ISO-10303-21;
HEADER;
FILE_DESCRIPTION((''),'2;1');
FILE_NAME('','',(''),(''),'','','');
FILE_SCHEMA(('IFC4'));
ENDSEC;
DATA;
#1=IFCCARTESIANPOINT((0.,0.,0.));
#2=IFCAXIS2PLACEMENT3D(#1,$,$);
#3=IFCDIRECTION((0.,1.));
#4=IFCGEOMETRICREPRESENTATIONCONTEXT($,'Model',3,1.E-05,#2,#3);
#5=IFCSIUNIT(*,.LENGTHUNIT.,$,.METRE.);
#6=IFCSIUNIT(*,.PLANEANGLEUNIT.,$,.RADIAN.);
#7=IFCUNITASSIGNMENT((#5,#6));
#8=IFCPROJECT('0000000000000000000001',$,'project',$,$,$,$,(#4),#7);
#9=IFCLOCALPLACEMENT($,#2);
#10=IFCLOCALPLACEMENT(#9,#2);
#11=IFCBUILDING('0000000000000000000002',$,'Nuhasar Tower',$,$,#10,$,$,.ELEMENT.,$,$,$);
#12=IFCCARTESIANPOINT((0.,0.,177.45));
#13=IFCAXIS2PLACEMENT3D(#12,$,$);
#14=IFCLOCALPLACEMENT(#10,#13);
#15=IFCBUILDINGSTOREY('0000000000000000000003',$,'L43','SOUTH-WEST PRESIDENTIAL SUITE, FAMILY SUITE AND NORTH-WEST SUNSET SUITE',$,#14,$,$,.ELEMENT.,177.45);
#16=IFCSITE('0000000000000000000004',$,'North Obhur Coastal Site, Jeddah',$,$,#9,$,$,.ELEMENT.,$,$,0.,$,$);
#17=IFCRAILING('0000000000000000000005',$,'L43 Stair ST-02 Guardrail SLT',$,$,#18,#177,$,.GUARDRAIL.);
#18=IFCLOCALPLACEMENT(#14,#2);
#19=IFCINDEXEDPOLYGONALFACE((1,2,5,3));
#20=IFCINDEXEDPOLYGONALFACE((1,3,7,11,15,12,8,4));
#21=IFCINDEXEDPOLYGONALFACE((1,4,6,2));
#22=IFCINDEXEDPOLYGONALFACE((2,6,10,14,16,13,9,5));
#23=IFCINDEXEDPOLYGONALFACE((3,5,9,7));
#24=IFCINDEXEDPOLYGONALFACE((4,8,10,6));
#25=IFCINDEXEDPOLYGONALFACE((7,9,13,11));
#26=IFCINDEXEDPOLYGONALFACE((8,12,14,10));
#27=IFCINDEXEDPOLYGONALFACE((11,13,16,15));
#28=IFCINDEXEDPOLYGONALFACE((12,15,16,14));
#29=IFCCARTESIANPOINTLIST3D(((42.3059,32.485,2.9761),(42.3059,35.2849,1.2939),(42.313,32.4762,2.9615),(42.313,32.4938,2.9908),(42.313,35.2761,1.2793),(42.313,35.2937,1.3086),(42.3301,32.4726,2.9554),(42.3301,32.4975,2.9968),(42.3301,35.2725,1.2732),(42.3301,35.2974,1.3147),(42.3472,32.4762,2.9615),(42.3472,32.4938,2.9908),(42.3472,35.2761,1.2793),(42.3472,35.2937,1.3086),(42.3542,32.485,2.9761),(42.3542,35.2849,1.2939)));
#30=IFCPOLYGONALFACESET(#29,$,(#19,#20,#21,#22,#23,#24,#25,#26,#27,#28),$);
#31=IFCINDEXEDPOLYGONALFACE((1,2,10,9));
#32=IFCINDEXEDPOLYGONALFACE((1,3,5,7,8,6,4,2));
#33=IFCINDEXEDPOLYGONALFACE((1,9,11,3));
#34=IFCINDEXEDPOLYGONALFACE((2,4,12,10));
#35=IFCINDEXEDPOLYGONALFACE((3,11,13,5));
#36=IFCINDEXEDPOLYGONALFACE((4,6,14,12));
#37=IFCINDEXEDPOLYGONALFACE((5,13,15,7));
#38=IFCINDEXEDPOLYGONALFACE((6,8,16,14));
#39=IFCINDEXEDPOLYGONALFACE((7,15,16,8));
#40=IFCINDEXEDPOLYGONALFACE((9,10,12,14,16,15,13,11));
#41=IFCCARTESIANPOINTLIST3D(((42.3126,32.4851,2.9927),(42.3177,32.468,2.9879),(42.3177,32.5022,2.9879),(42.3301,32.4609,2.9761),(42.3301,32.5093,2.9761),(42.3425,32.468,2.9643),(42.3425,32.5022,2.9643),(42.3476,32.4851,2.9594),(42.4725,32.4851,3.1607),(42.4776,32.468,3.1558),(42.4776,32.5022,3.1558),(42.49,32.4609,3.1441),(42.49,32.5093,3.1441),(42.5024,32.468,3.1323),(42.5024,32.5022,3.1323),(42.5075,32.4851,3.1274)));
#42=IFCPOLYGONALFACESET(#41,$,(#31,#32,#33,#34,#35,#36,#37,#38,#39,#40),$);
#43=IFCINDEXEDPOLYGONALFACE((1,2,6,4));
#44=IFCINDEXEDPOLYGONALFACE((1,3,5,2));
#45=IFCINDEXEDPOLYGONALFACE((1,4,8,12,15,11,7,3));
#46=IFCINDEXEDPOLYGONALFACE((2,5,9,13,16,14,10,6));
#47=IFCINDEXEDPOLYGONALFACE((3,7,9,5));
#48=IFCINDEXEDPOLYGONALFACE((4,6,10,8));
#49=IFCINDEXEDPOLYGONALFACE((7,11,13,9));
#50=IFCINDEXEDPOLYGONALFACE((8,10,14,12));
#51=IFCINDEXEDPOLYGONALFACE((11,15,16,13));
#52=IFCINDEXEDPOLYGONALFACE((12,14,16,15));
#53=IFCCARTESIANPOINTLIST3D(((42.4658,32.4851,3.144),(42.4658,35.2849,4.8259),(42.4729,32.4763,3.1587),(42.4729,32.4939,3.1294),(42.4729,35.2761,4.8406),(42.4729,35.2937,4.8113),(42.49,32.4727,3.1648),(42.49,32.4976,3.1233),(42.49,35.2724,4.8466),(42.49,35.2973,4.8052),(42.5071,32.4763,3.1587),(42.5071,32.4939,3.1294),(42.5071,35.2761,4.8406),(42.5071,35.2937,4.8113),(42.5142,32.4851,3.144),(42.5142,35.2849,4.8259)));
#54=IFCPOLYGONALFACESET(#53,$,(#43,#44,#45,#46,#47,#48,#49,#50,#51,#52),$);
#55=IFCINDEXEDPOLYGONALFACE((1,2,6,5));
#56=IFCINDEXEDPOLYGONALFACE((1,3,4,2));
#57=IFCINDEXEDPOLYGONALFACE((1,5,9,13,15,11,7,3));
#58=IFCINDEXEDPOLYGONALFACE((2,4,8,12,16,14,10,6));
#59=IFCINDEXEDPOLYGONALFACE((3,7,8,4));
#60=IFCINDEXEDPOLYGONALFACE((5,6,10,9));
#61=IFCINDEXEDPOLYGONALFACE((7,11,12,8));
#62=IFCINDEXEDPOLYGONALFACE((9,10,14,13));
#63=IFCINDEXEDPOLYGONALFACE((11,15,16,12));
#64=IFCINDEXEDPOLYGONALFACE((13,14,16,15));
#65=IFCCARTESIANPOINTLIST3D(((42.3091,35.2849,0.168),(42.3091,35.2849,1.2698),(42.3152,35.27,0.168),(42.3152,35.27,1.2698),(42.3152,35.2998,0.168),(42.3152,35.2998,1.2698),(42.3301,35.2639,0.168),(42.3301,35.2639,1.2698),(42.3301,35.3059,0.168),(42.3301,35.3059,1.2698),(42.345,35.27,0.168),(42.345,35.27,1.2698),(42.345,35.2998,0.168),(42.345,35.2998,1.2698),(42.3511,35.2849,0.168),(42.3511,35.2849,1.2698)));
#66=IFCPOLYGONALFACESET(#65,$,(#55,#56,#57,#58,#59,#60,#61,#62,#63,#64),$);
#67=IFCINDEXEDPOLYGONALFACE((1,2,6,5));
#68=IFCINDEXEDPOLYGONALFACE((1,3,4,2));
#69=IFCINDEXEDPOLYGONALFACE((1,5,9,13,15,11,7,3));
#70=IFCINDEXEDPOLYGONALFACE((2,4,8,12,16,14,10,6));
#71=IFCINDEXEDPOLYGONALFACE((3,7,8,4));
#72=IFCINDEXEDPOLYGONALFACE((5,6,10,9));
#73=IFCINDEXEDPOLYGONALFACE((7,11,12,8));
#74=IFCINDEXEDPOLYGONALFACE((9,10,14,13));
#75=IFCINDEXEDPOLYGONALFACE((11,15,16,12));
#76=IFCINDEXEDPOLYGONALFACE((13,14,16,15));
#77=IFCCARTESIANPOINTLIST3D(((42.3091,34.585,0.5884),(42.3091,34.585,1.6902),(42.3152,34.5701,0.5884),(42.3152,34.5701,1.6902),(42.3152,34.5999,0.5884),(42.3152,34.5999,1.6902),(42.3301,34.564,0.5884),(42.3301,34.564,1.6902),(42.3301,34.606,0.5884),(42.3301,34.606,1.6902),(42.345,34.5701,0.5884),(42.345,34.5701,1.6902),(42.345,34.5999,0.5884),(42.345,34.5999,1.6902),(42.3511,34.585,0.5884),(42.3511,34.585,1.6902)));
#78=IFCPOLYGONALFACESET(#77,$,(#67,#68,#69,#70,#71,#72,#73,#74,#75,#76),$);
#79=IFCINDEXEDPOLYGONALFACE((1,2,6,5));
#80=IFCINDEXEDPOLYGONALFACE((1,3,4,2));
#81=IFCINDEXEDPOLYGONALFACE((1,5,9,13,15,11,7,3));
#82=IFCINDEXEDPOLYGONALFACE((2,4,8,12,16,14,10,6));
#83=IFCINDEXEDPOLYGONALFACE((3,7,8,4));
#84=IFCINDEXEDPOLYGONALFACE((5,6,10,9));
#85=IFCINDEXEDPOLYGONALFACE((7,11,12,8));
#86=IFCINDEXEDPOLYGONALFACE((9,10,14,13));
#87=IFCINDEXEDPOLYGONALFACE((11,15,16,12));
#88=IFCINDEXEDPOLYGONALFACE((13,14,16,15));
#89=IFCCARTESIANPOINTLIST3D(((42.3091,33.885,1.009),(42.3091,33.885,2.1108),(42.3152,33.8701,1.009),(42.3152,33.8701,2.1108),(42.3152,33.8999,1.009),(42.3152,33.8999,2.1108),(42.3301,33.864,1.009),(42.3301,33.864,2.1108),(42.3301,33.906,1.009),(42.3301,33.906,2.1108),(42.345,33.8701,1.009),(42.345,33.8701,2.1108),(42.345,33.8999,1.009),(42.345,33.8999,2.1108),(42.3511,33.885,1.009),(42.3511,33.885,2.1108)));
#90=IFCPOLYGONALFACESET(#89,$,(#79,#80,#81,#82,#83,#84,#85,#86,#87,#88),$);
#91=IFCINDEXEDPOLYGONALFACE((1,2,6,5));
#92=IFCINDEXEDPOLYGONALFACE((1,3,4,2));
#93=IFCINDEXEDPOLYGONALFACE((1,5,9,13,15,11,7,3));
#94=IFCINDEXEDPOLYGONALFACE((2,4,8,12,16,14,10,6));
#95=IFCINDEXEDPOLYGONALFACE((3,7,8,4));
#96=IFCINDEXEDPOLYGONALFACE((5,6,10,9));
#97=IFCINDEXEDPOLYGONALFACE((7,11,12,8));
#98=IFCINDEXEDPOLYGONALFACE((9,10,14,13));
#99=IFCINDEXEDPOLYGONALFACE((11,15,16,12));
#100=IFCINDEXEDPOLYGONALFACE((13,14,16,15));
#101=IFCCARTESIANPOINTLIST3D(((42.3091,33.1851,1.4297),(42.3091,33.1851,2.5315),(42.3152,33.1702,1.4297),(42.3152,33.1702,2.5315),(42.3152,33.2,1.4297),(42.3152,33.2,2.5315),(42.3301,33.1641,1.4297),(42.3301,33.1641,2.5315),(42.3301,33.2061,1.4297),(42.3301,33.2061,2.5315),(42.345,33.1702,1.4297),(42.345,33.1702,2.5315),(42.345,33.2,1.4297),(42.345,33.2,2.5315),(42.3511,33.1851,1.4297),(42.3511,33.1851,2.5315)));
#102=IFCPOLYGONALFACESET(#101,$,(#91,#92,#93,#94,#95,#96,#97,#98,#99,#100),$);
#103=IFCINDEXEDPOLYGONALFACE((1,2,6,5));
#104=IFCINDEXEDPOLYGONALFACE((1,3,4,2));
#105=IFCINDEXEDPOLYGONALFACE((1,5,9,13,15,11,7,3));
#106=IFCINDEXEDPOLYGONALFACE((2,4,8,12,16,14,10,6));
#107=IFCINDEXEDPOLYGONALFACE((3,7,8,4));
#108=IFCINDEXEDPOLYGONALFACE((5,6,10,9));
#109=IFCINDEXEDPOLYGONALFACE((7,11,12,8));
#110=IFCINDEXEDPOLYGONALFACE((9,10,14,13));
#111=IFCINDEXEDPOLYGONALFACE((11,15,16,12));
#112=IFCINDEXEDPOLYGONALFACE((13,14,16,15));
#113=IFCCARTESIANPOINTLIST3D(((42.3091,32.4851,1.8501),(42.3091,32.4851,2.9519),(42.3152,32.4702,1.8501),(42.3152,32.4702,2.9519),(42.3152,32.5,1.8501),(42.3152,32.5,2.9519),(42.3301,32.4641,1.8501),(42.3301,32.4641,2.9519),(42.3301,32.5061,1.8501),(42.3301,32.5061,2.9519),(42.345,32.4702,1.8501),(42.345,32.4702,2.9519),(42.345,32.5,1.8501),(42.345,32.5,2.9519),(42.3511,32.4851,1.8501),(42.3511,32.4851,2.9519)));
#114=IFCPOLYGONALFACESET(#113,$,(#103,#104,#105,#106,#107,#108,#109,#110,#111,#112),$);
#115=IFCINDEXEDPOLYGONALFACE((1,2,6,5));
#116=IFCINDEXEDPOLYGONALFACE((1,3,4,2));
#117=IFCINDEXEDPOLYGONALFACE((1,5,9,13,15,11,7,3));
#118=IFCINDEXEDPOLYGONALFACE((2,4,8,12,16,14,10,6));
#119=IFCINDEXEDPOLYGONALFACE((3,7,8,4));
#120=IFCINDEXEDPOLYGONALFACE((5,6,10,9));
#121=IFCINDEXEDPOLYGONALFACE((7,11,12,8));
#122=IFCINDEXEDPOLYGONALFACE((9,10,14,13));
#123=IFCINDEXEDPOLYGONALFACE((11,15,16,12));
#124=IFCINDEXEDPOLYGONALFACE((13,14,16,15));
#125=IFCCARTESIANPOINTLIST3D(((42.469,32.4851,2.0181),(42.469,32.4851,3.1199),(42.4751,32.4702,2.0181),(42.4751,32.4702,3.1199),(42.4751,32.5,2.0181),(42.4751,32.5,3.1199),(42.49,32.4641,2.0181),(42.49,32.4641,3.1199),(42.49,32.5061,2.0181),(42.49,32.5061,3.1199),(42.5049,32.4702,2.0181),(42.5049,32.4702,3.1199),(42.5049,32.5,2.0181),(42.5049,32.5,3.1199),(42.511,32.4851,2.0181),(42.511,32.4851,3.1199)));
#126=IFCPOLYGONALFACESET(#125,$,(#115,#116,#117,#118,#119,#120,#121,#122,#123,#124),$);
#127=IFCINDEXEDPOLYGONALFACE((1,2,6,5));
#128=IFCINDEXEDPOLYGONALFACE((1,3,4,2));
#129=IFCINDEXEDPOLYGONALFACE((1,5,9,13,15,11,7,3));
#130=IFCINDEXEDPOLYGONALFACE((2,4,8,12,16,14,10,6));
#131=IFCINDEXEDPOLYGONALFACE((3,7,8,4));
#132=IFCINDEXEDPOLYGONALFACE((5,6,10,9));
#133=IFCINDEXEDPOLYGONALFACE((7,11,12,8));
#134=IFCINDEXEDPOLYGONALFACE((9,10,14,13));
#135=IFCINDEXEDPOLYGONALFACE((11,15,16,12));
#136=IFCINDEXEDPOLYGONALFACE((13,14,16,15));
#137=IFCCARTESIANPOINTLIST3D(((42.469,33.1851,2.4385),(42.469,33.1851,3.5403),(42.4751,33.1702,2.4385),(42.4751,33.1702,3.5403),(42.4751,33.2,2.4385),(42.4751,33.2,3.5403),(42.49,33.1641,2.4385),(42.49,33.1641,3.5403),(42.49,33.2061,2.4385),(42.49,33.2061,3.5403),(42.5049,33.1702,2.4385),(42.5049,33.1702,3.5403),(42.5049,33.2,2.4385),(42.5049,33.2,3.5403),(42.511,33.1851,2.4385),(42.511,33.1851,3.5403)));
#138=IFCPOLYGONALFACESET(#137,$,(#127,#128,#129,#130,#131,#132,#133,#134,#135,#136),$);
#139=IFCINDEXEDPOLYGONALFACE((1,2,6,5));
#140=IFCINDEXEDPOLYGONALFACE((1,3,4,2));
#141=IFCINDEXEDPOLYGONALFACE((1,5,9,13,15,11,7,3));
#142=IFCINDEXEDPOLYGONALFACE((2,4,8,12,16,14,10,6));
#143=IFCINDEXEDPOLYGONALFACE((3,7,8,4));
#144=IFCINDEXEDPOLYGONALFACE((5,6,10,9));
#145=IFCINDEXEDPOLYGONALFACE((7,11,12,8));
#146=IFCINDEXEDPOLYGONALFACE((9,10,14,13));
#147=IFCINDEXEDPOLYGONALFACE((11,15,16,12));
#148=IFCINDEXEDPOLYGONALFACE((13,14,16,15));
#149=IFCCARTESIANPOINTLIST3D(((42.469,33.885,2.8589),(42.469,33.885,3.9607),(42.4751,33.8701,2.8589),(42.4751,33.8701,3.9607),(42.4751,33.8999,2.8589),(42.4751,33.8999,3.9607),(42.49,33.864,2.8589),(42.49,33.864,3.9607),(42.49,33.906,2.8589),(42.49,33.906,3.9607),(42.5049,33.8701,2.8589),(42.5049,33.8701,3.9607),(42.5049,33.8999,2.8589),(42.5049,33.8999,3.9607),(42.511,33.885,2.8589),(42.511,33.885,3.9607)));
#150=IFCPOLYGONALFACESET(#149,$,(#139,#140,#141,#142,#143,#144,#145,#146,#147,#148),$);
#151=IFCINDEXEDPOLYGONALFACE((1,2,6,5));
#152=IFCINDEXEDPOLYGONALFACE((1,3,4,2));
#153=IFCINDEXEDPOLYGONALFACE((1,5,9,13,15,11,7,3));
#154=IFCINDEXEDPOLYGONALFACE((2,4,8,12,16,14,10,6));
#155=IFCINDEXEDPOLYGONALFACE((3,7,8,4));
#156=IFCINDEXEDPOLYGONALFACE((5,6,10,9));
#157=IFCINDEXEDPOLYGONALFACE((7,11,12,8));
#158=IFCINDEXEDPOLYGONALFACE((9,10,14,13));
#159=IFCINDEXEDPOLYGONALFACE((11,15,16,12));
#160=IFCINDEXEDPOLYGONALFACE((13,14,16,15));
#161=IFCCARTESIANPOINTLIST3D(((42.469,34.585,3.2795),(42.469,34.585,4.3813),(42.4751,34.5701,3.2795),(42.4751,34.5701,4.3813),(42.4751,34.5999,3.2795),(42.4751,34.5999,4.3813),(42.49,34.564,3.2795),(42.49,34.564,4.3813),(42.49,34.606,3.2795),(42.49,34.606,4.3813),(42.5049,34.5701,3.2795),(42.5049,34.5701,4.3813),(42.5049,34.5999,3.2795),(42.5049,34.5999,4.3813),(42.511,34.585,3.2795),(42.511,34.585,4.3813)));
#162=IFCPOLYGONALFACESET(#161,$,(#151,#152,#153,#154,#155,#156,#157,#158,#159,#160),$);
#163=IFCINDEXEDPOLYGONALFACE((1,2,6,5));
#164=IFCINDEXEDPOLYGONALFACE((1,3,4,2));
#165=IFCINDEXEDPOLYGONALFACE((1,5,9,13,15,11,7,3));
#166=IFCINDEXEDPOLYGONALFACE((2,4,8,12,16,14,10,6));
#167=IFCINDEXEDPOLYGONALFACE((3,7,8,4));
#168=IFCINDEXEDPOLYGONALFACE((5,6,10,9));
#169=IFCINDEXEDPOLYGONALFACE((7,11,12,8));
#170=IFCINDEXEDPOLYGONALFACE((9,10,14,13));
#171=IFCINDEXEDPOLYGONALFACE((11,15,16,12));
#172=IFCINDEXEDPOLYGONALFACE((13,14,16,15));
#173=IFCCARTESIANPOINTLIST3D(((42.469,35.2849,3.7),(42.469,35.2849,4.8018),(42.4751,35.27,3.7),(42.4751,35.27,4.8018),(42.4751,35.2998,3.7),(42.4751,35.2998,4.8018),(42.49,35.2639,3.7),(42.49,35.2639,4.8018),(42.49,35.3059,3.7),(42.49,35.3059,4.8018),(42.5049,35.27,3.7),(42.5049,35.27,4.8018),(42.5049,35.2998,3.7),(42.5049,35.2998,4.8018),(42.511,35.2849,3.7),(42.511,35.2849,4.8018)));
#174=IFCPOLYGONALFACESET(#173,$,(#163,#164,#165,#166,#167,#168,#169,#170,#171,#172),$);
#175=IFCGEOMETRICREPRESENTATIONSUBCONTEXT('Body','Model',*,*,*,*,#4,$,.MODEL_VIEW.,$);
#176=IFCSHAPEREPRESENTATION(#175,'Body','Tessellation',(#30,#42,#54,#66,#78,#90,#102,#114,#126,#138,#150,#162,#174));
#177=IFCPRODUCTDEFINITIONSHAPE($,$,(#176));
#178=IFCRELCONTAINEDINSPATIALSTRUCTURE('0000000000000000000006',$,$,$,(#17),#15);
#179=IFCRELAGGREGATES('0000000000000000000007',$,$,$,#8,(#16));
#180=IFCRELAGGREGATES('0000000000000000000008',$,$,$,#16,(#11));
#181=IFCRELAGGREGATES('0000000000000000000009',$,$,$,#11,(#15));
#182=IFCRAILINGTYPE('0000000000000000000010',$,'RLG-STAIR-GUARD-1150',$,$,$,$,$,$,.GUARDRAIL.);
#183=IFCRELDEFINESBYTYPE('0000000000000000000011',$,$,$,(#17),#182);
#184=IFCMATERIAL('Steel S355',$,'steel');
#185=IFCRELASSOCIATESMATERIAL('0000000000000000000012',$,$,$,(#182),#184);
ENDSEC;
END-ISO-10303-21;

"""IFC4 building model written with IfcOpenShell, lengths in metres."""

from ifc_helpers import new_model, si_unit, direction, frame, origin, place, context, subcontext, project, spatial, polyline, outline, extrude, material, type_object, element, save


model = new_model("IFC4")

# Units and contexts
model_context = context("Model", 3, precision=1e-05, world=origin(), true_north=direction((0.0, 1.0)))
body_context = subcontext(model_context, "Body", "Model", "MODEL_VIEW")
ifc_project = project(units=[si_unit("LENGTHUNIT", "METRE"), si_unit("PLANEANGLEUNIT", "RADIAN")], contexts=[model_context])

# Site, building, storey
site_placement = place(None, origin())
site = spatial("IfcSite", under=ifc_project, at=site_placement, Name="North Obhur Coastal Site, Jeddah", CompositionType="ELEMENT", RefElevation=0.0)
building_placement = place(site_placement, origin())
building = spatial("IfcBuilding", under=site, at=building_placement, Name="Nuhasar Tower", CompositionType="ELEMENT")
storey_placement = place(building_placement, frame((0.0, 0.0, 177.45)))
storey = spatial("IfcBuildingStorey", under=building, at=storey_placement, Name="L43", Description="SOUTH-WEST PRESIDENTIAL SUITE, FAMILY SUITE AND NORTH-WEST SUNSET SUITE", CompositionType="ELEMENT", Elevation=177.45)

# Shared definitions
ifc_material_1 = material(Name="Steel S355", Category="steel")

# Railing
railing_type_1 = type_object("IfcRailingType", Name="RLG-STAIR-GUARD-1150", PredefinedType="GUARDRAIL", material=ifc_material_1)
railing_1_placement = place(storey_placement, frame((42.3301, 35.2849, 0.168)))
element("IfcRailing", 1, at=railing_1_placement, inside=storey, type_object=railing_type_1, Name="L43 Stair ST-02 Guardrail SLT", PredefinedType="GUARDRAIL", context=body_context, shape_type="SweptSolid", body=[
    extrude(outline(polyline([(0.0242, 0.0), (0.0171, 0.0171), (0.0, 0.0242), (-0.0171, 0.0171), (-0.0242, 0.0), (-0.0171, -0.0171), (0.0, -0.0242), (0.0171, -0.0171), (0.0242, 0.0)])), frame((0.0, 0.0, 1.126), z_axis=(0.0, -0.857189, 0.515001), x_axis=(1.0, 0.0, 0.0)), (0.0, 0.0, 1.0), 3.2664),
    extrude(outline(polyline([(0.0242, 0.0), (0.0171, 0.0171), (0.0, 0.0242), (-0.0171, 0.0171), (-0.0242, 0.0), (-0.0171, -0.0171), (0.0, -0.0242), (0.0171, -0.0171), (0.0242, 0.0)])), frame((0.0, -2.7998, 2.8081), z_axis=(0.689524, 0.0, 0.724263), x_axis=(0.0, 1.0, 0.0)), (0.0, 0.0, 1.0), 0.2319),
    extrude(outline(polyline([(0.0242, 0.0), (0.0171, 0.0171), (0.0, 0.0242), (-0.0171, 0.0171), (-0.0242, 0.0), (-0.0171, -0.0171), (0.0, -0.0242), (0.0171, -0.0171), (0.0242, 0.0)])), frame((0.1599, -2.7998, 2.9761), z_axis=(0.0, 0.857222, 0.514946), x_axis=(-1.0, 0.0, 0.0)), (0.0, 0.0, 1.0), 3.2661),
    extrude(outline(polyline([(0.021, 0.0), (0.0149, 0.0149), (0.0, 0.021), (-0.0149, 0.0149), (-0.021, 0.0), (-0.0149, -0.0149), (0.0, -0.021), (0.0149, -0.0149), (0.021, 0.0)])), origin(), (0.0, 0.0, 1.0), 1.1018),
    extrude(outline(polyline([(0.021, 0.0), (0.0149, 0.0149), (0.0, 0.021), (-0.0149, 0.0149), (-0.021, 0.0), (-0.0149, -0.0149), (0.0, -0.021), (0.0149, -0.0149), (0.021, 0.0)])), frame((0.0, -0.7, 0.4204)), (0.0, 0.0, 1.0), 1.1018),
    extrude(outline(polyline([(0.021, 0.0), (0.0149, 0.0149), (0.0, 0.021), (-0.0149, 0.0149), (-0.021, 0.0), (-0.0149, -0.0149), (0.0, -0.021), (0.0149, -0.0149), (0.021, 0.0)])), frame((0.0, -1.3999, 0.8411)), (0.0, 0.0, 1.0), 1.1018),
    extrude(outline(polyline([(0.021, 0.0), (0.0149, 0.0149), (0.0, 0.021), (-0.0149, 0.0149), (-0.021, 0.0), (-0.0149, -0.0149), (0.0, -0.021), (0.0149, -0.0149), (0.021, 0.0)])), frame((0.0, -2.0999, 1.2617)), (0.0, 0.0, 1.0), 1.1018),
    extrude(outline(polyline([(0.021, 0.0), (0.0149, 0.0149), (0.0, 0.021), (-0.0149, 0.0149), (-0.021, 0.0), (-0.0149, -0.0149), (0.0, -0.021), (0.0149, -0.0149), (0.021, 0.0)])), frame((0.0, -2.7998, 1.6821)), (0.0, 0.0, 1.0), 1.1018),
    extrude(outline(polyline([(0.021, 0.0), (0.0149, 0.0149), (0.0, 0.021), (-0.0149, 0.0149), (-0.021, 0.0), (-0.0149, -0.0149), (0.0, -0.021), (0.0149, -0.0149), (0.021, 0.0)])), frame((0.1599, -2.7998, 1.8501)), (0.0, 0.0, 1.0), 1.1018),
    extrude(outline(polyline([(0.021, 0.0), (0.0149, 0.0149), (0.0, 0.021), (-0.0149, 0.0149), (-0.021, 0.0), (-0.0149, -0.0149), (0.0, -0.021), (0.0149, -0.0149), (0.021, 0.0)])), frame((0.1599, -2.0999, 2.2705)), (0.0, 0.0, 1.0), 1.1018),
    extrude(outline(polyline([(0.021, 0.0), (0.0149, 0.0149), (0.0, 0.021), (-0.0149, 0.0149), (-0.021, 0.0), (-0.0149, -0.0149), (0.0, -0.021), (0.0149, -0.0149), (0.021, 0.0)])), frame((0.1599, -1.3999, 2.6909)), (0.0, 0.0, 1.0), 1.1018),
    extrude(outline(polyline([(0.021, 0.0), (0.0149, 0.0149), (0.0, 0.021), (-0.0149, 0.0149), (-0.021, 0.0), (-0.0149, -0.0149), (0.0, -0.021), (0.0149, -0.0149), (0.021, 0.0)])), frame((0.1599, -0.7, 3.1116)), (0.0, 0.0, 1.0), 1.1018),
    extrude(outline(polyline([(0.021, 0.0), (0.0149, 0.0149), (0.0, 0.021), (-0.0149, 0.0149), (-0.021, 0.0), (-0.0149, -0.0149), (0.0, -0.021), (0.0149, -0.0149), (0.021, 0.0)])), frame((0.1599, 0.0, 3.532)), (0.0, 0.0, 1.0), 1.1018),
])

save(model, "model.ifc")
